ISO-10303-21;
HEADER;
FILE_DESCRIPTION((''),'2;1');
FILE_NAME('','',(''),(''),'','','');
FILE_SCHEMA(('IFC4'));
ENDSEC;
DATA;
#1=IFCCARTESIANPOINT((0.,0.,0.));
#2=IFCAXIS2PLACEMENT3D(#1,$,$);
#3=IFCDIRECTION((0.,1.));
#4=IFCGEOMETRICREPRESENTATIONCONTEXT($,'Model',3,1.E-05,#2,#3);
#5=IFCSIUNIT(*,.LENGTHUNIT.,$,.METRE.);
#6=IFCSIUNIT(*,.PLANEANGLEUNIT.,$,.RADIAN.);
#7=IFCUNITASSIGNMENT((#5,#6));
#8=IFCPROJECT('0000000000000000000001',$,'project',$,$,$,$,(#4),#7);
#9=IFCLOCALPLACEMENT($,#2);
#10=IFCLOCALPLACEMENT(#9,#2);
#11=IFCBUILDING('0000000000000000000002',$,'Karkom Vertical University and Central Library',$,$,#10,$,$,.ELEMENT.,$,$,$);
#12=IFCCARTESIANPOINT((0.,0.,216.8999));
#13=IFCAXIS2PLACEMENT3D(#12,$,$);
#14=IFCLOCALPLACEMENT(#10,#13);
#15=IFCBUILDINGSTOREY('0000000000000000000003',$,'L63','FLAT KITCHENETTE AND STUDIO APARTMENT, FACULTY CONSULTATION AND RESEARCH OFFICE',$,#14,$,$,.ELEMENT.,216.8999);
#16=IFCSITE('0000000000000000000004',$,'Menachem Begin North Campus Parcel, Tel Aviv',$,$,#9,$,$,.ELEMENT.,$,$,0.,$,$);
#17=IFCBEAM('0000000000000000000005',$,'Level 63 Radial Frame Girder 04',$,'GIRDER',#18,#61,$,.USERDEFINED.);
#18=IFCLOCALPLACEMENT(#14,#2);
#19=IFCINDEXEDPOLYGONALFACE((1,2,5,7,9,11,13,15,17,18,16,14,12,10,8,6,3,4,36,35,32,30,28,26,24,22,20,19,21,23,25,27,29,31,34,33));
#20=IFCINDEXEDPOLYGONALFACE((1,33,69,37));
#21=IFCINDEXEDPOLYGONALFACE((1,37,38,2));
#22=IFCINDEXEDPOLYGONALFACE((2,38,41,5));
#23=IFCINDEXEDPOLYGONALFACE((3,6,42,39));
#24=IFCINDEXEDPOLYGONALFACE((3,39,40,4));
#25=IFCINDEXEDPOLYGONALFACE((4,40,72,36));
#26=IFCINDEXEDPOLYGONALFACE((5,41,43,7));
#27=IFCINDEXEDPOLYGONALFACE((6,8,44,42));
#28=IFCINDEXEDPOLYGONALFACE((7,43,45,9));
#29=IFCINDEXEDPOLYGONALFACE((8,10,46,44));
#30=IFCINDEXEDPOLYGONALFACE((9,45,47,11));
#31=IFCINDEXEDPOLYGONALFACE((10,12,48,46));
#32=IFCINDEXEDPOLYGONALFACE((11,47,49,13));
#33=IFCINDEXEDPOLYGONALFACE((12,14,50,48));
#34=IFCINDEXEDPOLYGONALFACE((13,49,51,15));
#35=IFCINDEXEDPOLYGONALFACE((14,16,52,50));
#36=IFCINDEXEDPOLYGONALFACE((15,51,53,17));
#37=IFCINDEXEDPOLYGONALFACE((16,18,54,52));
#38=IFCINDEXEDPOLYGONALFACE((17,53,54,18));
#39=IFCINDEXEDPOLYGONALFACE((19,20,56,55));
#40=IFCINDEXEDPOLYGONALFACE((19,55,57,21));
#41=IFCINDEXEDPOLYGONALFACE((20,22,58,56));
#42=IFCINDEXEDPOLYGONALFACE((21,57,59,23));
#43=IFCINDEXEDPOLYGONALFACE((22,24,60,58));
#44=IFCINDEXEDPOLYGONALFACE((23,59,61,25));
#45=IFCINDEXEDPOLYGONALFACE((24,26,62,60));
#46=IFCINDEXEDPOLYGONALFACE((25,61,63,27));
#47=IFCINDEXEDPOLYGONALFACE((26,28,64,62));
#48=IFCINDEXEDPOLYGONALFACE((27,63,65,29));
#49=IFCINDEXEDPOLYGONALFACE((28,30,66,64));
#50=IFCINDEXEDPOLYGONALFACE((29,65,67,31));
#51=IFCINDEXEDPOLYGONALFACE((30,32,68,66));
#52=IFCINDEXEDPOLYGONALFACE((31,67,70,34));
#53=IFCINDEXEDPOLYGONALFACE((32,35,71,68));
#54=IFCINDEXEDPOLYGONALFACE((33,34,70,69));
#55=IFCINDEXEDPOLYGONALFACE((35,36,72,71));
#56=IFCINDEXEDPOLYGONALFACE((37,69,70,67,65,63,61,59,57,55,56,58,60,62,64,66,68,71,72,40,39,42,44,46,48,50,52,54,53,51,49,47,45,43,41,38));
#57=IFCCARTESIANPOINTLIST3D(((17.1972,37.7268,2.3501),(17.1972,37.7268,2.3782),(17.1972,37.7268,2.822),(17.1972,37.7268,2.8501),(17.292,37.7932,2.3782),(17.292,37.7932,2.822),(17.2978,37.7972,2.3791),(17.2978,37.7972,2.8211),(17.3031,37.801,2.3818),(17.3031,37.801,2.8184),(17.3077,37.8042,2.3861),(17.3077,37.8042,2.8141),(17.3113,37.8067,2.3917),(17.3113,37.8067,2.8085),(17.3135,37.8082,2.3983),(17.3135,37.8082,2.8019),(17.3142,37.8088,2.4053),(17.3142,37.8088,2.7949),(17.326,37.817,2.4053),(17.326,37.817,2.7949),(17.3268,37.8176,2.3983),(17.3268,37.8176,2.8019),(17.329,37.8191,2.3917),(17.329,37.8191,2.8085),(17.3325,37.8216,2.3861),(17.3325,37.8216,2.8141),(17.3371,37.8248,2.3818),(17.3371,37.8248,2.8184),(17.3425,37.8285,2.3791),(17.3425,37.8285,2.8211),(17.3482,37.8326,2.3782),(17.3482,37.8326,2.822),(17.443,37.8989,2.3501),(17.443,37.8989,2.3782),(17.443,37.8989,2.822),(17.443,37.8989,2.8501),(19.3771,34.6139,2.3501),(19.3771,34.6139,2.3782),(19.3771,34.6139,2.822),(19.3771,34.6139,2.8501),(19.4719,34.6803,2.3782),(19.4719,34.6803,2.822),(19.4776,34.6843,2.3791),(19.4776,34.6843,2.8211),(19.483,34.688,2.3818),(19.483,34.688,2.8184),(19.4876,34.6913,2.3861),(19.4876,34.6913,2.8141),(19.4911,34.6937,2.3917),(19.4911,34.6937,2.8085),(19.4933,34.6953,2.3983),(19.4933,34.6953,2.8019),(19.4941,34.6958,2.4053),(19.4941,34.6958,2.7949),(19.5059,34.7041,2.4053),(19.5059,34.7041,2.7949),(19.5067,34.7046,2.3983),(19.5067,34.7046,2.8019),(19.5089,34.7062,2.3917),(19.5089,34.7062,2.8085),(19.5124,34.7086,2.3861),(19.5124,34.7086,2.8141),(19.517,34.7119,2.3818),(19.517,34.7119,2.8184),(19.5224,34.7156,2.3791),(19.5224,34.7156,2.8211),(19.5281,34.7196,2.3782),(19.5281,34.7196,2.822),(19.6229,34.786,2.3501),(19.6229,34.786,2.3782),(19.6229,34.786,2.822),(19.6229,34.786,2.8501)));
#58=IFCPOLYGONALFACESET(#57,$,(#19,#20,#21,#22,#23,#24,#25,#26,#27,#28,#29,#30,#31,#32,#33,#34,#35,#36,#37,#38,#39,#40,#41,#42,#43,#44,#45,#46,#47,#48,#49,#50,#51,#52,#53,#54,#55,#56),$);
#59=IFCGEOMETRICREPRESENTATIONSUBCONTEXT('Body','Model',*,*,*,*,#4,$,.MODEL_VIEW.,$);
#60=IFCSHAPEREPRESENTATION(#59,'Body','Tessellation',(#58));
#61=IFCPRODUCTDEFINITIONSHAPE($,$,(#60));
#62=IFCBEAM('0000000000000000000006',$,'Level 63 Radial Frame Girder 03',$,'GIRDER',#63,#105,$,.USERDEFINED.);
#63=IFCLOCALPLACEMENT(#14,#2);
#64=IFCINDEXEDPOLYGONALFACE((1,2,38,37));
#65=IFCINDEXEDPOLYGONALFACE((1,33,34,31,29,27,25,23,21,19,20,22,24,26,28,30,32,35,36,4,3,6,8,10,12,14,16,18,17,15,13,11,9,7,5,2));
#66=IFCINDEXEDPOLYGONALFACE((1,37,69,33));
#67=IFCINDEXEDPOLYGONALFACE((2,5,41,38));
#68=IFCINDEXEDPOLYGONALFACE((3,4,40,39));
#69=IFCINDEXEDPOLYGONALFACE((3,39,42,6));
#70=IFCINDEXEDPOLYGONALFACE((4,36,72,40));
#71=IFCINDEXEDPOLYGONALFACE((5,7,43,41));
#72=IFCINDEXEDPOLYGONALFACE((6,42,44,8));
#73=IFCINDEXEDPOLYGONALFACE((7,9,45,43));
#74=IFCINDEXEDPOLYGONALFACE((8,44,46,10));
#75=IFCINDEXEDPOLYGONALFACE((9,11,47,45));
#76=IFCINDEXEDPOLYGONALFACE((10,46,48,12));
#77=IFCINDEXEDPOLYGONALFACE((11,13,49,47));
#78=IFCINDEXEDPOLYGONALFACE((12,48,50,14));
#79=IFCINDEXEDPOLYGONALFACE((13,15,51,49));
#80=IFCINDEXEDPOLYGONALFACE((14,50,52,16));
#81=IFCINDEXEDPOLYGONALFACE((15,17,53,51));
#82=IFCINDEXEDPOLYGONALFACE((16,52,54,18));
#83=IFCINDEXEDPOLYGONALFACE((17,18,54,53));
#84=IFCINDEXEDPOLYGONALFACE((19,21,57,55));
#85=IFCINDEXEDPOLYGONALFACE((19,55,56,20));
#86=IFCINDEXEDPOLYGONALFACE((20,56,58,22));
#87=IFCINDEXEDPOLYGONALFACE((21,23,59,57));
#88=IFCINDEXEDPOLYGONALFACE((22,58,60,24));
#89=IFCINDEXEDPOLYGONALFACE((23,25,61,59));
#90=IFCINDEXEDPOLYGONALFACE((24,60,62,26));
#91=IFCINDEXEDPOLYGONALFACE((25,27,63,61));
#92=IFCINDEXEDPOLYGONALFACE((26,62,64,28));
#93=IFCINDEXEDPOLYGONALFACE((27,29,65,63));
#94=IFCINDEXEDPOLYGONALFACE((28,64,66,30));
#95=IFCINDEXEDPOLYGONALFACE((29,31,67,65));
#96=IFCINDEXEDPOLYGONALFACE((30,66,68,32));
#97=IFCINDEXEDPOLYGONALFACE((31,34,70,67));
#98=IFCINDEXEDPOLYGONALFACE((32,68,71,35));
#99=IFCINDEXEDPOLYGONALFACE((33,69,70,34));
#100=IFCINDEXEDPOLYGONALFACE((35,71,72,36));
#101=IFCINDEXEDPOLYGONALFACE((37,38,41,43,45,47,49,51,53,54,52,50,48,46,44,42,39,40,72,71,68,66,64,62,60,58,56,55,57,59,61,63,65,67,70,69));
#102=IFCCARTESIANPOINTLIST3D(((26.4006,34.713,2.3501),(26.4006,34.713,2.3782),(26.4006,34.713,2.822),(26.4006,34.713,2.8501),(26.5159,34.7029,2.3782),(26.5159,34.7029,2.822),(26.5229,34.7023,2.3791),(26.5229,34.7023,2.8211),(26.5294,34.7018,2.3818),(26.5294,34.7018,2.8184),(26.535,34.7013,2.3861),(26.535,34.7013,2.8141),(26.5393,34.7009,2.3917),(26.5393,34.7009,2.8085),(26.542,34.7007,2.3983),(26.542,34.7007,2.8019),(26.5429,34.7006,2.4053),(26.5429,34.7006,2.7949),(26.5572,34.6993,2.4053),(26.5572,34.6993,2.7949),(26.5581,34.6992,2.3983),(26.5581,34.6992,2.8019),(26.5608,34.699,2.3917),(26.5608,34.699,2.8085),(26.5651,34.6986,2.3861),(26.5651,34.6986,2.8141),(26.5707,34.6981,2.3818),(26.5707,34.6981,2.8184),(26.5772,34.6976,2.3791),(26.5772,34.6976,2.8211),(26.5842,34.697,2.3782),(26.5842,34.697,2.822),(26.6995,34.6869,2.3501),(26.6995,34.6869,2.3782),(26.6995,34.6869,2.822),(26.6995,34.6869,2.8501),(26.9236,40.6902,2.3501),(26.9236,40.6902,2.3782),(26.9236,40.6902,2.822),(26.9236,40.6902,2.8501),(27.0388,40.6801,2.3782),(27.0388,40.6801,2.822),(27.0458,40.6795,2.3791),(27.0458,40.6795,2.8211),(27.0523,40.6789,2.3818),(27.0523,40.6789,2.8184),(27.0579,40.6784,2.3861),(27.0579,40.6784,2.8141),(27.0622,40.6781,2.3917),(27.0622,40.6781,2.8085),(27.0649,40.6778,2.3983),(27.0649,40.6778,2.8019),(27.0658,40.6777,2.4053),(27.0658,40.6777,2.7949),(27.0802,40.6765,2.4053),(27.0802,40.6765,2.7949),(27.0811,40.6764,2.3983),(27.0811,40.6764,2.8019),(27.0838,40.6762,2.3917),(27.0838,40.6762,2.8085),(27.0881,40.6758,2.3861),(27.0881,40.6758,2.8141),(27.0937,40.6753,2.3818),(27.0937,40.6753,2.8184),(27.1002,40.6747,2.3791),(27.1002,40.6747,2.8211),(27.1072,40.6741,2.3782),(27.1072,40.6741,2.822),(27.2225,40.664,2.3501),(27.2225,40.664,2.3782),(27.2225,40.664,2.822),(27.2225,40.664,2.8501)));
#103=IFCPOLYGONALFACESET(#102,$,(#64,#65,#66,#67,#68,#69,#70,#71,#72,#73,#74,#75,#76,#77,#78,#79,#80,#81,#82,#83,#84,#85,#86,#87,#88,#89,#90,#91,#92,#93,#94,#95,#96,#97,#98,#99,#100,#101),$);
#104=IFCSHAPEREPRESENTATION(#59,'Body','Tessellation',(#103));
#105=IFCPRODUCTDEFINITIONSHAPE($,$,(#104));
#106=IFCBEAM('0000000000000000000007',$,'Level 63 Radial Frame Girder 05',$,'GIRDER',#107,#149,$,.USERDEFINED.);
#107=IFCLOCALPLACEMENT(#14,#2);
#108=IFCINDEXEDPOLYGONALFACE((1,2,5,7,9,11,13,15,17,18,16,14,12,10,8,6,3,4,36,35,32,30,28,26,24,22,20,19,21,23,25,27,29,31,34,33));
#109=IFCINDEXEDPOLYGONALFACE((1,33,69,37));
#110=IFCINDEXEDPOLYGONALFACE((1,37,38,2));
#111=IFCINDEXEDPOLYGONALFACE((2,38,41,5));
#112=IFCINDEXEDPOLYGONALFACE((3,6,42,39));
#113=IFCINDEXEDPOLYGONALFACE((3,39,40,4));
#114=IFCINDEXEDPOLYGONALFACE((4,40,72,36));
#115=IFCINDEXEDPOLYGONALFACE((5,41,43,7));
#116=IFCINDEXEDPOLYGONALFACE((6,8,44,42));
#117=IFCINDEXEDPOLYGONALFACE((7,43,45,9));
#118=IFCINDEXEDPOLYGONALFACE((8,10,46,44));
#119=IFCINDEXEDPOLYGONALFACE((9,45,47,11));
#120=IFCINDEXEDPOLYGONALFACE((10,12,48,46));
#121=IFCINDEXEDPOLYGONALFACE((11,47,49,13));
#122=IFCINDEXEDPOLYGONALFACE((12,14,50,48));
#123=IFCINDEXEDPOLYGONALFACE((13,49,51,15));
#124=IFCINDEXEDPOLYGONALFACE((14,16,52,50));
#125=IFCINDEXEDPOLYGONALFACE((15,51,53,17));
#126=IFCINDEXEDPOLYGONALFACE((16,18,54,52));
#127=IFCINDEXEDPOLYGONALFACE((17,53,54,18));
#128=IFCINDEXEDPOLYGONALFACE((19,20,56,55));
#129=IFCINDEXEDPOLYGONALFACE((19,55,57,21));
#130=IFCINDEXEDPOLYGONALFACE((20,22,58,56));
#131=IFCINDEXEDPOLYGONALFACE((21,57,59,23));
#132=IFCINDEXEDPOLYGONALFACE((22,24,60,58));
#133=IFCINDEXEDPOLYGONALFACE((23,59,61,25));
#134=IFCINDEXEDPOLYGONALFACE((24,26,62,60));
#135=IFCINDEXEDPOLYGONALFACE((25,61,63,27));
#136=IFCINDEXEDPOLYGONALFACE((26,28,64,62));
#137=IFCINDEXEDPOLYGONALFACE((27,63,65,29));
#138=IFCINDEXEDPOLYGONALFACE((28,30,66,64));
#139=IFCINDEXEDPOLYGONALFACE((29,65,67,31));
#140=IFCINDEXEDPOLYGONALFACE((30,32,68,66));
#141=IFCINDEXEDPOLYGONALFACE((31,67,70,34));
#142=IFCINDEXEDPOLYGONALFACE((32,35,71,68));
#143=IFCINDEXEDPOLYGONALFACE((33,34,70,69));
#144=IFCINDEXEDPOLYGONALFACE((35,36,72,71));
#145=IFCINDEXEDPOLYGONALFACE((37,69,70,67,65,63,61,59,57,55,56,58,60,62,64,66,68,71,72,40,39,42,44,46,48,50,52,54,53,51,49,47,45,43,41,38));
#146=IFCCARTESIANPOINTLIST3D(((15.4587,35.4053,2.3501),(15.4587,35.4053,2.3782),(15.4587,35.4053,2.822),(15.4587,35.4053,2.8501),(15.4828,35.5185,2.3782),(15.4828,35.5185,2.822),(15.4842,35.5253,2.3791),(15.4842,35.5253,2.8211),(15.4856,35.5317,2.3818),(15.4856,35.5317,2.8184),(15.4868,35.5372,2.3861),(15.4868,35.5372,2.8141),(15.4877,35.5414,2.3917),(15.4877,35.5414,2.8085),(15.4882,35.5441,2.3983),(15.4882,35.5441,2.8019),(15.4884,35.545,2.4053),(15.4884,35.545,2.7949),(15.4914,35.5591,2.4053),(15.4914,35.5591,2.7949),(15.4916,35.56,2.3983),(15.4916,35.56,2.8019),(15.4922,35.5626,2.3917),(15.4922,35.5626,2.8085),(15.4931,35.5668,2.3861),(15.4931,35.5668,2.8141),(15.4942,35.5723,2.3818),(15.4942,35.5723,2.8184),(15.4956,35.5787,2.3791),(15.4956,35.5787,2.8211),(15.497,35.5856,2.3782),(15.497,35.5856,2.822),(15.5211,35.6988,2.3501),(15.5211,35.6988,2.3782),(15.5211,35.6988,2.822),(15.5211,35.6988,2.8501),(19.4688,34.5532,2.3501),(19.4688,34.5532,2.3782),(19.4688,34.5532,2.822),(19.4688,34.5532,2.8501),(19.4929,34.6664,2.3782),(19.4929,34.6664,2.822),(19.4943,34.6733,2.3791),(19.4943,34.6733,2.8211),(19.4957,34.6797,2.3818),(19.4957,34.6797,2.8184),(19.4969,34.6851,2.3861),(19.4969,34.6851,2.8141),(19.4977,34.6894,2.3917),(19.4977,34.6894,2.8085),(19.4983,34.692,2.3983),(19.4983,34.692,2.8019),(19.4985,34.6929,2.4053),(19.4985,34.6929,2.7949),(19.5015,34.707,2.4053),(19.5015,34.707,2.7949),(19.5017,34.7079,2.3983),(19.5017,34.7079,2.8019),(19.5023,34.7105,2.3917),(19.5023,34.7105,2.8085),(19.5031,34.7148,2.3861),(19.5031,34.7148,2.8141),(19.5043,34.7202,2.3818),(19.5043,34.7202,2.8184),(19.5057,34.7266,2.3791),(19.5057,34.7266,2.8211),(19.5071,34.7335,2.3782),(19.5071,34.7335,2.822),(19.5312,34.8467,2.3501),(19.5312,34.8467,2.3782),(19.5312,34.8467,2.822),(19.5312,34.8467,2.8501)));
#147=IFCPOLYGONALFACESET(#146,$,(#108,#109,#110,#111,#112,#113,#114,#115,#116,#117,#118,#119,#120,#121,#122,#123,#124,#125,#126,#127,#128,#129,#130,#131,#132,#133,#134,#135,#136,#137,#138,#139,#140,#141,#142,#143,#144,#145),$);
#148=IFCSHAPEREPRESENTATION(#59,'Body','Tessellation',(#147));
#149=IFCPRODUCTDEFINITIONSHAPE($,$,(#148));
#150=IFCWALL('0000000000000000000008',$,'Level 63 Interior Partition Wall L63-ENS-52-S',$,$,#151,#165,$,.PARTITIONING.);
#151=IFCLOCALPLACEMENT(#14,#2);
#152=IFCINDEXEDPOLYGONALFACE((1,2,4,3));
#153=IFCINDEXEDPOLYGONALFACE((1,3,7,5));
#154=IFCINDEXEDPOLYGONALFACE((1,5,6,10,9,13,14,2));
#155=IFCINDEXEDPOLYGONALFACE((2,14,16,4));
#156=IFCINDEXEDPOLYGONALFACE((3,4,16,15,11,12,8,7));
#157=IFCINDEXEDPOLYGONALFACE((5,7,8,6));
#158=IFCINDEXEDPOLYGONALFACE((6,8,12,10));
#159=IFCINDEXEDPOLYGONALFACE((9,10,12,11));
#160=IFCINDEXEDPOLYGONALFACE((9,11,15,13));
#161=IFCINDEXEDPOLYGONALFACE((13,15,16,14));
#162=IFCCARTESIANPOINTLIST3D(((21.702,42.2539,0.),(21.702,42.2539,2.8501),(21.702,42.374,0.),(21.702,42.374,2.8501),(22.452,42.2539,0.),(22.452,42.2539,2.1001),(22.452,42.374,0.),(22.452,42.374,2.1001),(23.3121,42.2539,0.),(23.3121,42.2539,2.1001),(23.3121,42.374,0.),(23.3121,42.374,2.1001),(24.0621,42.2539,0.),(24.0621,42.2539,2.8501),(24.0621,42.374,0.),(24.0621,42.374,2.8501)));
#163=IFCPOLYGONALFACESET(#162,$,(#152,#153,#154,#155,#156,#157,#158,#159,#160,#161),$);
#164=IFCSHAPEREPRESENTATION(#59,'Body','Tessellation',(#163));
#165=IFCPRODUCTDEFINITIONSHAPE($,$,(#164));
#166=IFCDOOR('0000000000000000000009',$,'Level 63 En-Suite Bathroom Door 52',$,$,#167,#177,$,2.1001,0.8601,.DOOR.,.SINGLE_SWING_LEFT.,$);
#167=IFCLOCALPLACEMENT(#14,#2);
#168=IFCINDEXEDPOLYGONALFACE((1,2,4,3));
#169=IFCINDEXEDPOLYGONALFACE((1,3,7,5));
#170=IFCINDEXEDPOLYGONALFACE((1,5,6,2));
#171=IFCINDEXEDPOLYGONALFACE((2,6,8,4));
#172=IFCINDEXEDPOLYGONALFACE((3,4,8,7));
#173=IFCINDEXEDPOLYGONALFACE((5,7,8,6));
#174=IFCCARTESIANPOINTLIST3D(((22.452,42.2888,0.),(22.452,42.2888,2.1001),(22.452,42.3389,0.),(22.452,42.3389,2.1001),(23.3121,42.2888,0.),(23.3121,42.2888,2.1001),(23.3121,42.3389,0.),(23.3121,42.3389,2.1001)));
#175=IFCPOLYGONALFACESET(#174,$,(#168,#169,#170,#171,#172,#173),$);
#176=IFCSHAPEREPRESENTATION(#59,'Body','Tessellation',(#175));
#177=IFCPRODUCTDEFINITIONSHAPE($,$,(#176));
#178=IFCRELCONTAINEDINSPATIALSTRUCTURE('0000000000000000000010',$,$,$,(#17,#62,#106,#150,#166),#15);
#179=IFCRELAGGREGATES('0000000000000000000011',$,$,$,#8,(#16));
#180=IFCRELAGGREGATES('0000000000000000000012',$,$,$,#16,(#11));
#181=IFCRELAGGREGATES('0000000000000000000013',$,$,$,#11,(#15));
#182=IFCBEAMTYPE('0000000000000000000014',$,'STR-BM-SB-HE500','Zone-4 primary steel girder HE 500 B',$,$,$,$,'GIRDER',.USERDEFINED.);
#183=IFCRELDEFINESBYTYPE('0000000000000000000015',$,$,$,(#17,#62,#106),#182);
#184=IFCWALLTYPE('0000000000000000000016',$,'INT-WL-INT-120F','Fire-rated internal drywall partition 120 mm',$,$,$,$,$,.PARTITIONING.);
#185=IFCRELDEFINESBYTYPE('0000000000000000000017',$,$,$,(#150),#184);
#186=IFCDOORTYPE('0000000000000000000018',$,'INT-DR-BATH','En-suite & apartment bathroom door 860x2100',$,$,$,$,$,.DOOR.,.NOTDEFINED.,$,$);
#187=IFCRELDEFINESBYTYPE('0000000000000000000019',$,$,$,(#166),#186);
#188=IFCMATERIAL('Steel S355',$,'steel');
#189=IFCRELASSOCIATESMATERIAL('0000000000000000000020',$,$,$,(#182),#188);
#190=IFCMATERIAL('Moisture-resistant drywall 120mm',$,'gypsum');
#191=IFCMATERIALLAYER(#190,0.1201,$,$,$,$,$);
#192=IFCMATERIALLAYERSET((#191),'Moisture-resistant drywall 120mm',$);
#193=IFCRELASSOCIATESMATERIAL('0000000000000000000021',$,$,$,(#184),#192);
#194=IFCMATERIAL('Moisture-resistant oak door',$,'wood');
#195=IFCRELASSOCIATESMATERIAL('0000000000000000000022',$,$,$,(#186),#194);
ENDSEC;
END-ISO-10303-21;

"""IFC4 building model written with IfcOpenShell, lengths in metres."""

from ifc_helpers import new_model, si_unit, direction, frame, frame_2d, origin, origin_with_axes, origin_2d, place, context, subcontext, project, spatial, rectangle, i_section, extrude, source, transform, mapped, material, layer, layer_set, material_profile, profile_set, type_object, element, fill, save


model = new_model("IFC4")

# Units and contexts
model_context = context("Model", 3, precision=1e-05, world=origin(), true_north=direction((0.0, 1.0)))
body_context = subcontext(model_context, "Body", "Model", "MODEL_VIEW")
ifc_project = project(units=[si_unit("LENGTHUNIT", "METRE"), si_unit("PLANEANGLEUNIT", "RADIAN")], contexts=[model_context])

# Site, building, storey
site_placement = place(None, origin())
site = spatial("IfcSite", under=ifc_project, at=site_placement, Name="Menachem Begin North Campus Parcel, Tel Aviv", CompositionType="ELEMENT", RefElevation=0.0)
building_placement = place(site_placement, origin())
building = spatial("IfcBuilding", under=site, at=building_placement, Name="Karkom Vertical University and Central Library", CompositionType="ELEMENT")
storey_placement = place(building_placement, frame((0.0, 0.0, 216.8999)))
storey = spatial("IfcBuildingStorey", under=building, at=storey_placement, Name="L63", Description="FLAT KITCHENETTE AND STUDIO APARTMENT, FACULTY CONSULTATION AND RESEARCH OFFICE", CompositionType="ELEMENT", Elevation=216.8999)

# Beams
ifc_material_1 = material(Name="Steel S355", Category="steel")
ifc_material_profile_1 = material_profile(ifc_material_1, i_section(OverallWidth=0.3, OverallDepth=0.5, WebThickness=0.0144, FlangeThickness=0.0281, FilletRadius=0.0271, at=origin_2d()), Name="HE 500 B")
ifc_profile_set_1 = profile_set([ifc_material_profile_1], Name="Steel S355")
beam_type_1 = type_object("IfcBeamType", Name="STR-BM-SB-HE500", Description="Zone-4 primary steel girder HE 500 B", ElementType="GIRDER", PredefinedType="USERDEFINED", material=ifc_profile_set_1)
shared_shape_1 = source(origin_with_axes(), body_context, "Body", "SweptSolid", [
    extrude(i_section(OverallWidth=0.3, OverallDepth=0.5, WebThickness=0.0144, FlangeThickness=0.0281, FilletRadius=0.0271, at=origin_2d()), origin(), (0.0, 0.0, 1.0), 3.8003),
])
beam_1_placement = place(storey_placement, frame((19.5, 34.7, 2.6001), z_axis=(-0.573605, 0.819132, 0.0), x_axis=(-0.819132, -0.573605, 0.0)))
element("IfcBeam", 1, at=beam_1_placement, inside=storey, type_object=beam_type_1, Name="Level 63 Radial Frame Girder 04", ObjectType="GIRDER", PredefinedType="USERDEFINED", context=body_context, shape_type="MappedRepresentation", body=[
    mapped(shared_shape_1, transform((0.0, 0.0, 0.0), scale=1.0)),
])
shared_shape_2 = source(origin_with_axes(), body_context, "Body", "SweptSolid", [
    extrude(i_section(OverallWidth=0.3, OverallDepth=0.5, WebThickness=0.0144, FlangeThickness=0.0281, FilletRadius=0.0271, at=origin_2d()), origin(), (0.0, 0.0, 1.0), 6.0),
])
beam_2_placement = place(storey_placement, frame((26.55, 34.7, 2.6001), z_axis=(0.08716, 0.996194, 0.0), x_axis=(-0.996194, 0.08716, 0.0)))
element("IfcBeam", 2, at=beam_2_placement, inside=storey, type_object=beam_type_1, Name="Level 63 Radial Frame Girder 03", ObjectType="GIRDER", PredefinedType="USERDEFINED", context=body_context, shape_type="MappedRepresentation", body=[
    mapped(shared_shape_2, transform((0.0, 0.0, 0.0), scale=1.0)),
])
shared_shape_3 = source(origin_with_axes(), body_context, "Body", "SweptSolid", [
    extrude(i_section(OverallWidth=0.3, OverallDepth=0.5, WebThickness=0.0144, FlangeThickness=0.0281, FilletRadius=0.0271, at=origin_2d()), origin(), (0.0, 0.0, 1.0), 4.0996),
])
beam_3_placement = place(storey_placement, frame((19.5, 34.7, 2.6001), z_axis=(-0.978163, 0.207841, 0.0), x_axis=(-0.207841, -0.978163, 0.0)))
element("IfcBeam", 3, at=beam_3_placement, inside=storey, type_object=beam_type_1, Name="Level 63 Radial Frame Girder 05", ObjectType="GIRDER", PredefinedType="USERDEFINED", context=body_context, shape_type="MappedRepresentation", body=[
    mapped(shared_shape_3, transform((0.0, 0.0, 0.0), scale=1.0)),
])

# Wall, opening, door
ifc_material_2 = material(Name="Moisture-resistant drywall 120mm", Category="gypsum")
ifc_layer_1 = layer(ifc_material_2, 0.1201)
ifc_layer_set_1 = layer_set([ifc_layer_1], Name="Moisture-resistant drywall 120mm")
wall_type_1 = type_object("IfcWallType", Name="INT-WL-INT-120F", Description="Fire-rated internal drywall partition 120 mm", PredefinedType="PARTITIONING", material=ifc_layer_set_1)
wall_1_placement = place(storey_placement, frame((21.7019, 42.314, 0.0), z_axis=(0.0, 0.0, 1.0), x_axis=(1.0, 0.0, 0.0)))
wall_1 = element("IfcWall", 4, at=wall_1_placement, inside=storey, type_object=wall_type_1, Name="Level 63 Interior Partition Wall L63-ENS-52-S", PredefinedType="PARTITIONING", context=body_context, shape_type="SweptSolid", body=[
    extrude(rectangle(XDim=2.3601, YDim=0.1201, at=frame_2d((1.1802, 0.0))), origin(), (0.0, 0.0, 1.0), 2.8501),
])
opening_placement = place(wall_1_placement, frame((0.75, 0.0, 0.0)))
opening = element("IfcOpeningElement", 5, at=opening_placement, cuts=wall_1, PredefinedType="OPENING", context=body_context, shape_type="SweptSolid", body=[
    extrude(rectangle(XDim=0.8601, YDim=2.1001, at=frame_2d((0.4302, 1.05))), frame((0.0, 0.0701, 0.0), z_axis=(0.0, -1.0, 0.0), x_axis=(1.0, 0.0, 0.0)), (0.0, 0.0, 1.0), 0.1401),
])
ifc_material_3 = material(Name="Moisture-resistant oak door", Category="wood")
door_type = type_object("IfcDoorType", Name="INT-DR-BATH", Description="En-suite & apartment bathroom door 860x2100", OperationType="NOTDEFINED", PredefinedType="DOOR", material=ifc_material_3)
shared_shape_4 = source(origin_with_axes(), body_context, "Body", "SweptSolid", [
    extrude(rectangle(XDim=0.8601, YDim=2.1001, at=frame_2d((0.4302, 1.05))), frame((0.0, 0.0249, 0.0), z_axis=(0.0, -1.0, 0.0), x_axis=(1.0, 0.0, 0.0)), (0.0, 0.0, 1.0), 0.05),
])
door_placement = place(opening_placement, origin())
door = element("IfcDoor", 6, at=door_placement, inside=storey, type_object=door_type, Name="Level 63 En-Suite Bathroom Door 52", OperationType="SINGLE_SWING_LEFT", OverallHeight=2.1001, OverallWidth=0.8601, PredefinedType="DOOR", context=body_context, shape_type="MappedRepresentation", body=[
    mapped(shared_shape_4, transform((0.0, 0.0, 0.0), scale=1.0)),
])
fill(opening, door)

save(model, "model.ifc")
